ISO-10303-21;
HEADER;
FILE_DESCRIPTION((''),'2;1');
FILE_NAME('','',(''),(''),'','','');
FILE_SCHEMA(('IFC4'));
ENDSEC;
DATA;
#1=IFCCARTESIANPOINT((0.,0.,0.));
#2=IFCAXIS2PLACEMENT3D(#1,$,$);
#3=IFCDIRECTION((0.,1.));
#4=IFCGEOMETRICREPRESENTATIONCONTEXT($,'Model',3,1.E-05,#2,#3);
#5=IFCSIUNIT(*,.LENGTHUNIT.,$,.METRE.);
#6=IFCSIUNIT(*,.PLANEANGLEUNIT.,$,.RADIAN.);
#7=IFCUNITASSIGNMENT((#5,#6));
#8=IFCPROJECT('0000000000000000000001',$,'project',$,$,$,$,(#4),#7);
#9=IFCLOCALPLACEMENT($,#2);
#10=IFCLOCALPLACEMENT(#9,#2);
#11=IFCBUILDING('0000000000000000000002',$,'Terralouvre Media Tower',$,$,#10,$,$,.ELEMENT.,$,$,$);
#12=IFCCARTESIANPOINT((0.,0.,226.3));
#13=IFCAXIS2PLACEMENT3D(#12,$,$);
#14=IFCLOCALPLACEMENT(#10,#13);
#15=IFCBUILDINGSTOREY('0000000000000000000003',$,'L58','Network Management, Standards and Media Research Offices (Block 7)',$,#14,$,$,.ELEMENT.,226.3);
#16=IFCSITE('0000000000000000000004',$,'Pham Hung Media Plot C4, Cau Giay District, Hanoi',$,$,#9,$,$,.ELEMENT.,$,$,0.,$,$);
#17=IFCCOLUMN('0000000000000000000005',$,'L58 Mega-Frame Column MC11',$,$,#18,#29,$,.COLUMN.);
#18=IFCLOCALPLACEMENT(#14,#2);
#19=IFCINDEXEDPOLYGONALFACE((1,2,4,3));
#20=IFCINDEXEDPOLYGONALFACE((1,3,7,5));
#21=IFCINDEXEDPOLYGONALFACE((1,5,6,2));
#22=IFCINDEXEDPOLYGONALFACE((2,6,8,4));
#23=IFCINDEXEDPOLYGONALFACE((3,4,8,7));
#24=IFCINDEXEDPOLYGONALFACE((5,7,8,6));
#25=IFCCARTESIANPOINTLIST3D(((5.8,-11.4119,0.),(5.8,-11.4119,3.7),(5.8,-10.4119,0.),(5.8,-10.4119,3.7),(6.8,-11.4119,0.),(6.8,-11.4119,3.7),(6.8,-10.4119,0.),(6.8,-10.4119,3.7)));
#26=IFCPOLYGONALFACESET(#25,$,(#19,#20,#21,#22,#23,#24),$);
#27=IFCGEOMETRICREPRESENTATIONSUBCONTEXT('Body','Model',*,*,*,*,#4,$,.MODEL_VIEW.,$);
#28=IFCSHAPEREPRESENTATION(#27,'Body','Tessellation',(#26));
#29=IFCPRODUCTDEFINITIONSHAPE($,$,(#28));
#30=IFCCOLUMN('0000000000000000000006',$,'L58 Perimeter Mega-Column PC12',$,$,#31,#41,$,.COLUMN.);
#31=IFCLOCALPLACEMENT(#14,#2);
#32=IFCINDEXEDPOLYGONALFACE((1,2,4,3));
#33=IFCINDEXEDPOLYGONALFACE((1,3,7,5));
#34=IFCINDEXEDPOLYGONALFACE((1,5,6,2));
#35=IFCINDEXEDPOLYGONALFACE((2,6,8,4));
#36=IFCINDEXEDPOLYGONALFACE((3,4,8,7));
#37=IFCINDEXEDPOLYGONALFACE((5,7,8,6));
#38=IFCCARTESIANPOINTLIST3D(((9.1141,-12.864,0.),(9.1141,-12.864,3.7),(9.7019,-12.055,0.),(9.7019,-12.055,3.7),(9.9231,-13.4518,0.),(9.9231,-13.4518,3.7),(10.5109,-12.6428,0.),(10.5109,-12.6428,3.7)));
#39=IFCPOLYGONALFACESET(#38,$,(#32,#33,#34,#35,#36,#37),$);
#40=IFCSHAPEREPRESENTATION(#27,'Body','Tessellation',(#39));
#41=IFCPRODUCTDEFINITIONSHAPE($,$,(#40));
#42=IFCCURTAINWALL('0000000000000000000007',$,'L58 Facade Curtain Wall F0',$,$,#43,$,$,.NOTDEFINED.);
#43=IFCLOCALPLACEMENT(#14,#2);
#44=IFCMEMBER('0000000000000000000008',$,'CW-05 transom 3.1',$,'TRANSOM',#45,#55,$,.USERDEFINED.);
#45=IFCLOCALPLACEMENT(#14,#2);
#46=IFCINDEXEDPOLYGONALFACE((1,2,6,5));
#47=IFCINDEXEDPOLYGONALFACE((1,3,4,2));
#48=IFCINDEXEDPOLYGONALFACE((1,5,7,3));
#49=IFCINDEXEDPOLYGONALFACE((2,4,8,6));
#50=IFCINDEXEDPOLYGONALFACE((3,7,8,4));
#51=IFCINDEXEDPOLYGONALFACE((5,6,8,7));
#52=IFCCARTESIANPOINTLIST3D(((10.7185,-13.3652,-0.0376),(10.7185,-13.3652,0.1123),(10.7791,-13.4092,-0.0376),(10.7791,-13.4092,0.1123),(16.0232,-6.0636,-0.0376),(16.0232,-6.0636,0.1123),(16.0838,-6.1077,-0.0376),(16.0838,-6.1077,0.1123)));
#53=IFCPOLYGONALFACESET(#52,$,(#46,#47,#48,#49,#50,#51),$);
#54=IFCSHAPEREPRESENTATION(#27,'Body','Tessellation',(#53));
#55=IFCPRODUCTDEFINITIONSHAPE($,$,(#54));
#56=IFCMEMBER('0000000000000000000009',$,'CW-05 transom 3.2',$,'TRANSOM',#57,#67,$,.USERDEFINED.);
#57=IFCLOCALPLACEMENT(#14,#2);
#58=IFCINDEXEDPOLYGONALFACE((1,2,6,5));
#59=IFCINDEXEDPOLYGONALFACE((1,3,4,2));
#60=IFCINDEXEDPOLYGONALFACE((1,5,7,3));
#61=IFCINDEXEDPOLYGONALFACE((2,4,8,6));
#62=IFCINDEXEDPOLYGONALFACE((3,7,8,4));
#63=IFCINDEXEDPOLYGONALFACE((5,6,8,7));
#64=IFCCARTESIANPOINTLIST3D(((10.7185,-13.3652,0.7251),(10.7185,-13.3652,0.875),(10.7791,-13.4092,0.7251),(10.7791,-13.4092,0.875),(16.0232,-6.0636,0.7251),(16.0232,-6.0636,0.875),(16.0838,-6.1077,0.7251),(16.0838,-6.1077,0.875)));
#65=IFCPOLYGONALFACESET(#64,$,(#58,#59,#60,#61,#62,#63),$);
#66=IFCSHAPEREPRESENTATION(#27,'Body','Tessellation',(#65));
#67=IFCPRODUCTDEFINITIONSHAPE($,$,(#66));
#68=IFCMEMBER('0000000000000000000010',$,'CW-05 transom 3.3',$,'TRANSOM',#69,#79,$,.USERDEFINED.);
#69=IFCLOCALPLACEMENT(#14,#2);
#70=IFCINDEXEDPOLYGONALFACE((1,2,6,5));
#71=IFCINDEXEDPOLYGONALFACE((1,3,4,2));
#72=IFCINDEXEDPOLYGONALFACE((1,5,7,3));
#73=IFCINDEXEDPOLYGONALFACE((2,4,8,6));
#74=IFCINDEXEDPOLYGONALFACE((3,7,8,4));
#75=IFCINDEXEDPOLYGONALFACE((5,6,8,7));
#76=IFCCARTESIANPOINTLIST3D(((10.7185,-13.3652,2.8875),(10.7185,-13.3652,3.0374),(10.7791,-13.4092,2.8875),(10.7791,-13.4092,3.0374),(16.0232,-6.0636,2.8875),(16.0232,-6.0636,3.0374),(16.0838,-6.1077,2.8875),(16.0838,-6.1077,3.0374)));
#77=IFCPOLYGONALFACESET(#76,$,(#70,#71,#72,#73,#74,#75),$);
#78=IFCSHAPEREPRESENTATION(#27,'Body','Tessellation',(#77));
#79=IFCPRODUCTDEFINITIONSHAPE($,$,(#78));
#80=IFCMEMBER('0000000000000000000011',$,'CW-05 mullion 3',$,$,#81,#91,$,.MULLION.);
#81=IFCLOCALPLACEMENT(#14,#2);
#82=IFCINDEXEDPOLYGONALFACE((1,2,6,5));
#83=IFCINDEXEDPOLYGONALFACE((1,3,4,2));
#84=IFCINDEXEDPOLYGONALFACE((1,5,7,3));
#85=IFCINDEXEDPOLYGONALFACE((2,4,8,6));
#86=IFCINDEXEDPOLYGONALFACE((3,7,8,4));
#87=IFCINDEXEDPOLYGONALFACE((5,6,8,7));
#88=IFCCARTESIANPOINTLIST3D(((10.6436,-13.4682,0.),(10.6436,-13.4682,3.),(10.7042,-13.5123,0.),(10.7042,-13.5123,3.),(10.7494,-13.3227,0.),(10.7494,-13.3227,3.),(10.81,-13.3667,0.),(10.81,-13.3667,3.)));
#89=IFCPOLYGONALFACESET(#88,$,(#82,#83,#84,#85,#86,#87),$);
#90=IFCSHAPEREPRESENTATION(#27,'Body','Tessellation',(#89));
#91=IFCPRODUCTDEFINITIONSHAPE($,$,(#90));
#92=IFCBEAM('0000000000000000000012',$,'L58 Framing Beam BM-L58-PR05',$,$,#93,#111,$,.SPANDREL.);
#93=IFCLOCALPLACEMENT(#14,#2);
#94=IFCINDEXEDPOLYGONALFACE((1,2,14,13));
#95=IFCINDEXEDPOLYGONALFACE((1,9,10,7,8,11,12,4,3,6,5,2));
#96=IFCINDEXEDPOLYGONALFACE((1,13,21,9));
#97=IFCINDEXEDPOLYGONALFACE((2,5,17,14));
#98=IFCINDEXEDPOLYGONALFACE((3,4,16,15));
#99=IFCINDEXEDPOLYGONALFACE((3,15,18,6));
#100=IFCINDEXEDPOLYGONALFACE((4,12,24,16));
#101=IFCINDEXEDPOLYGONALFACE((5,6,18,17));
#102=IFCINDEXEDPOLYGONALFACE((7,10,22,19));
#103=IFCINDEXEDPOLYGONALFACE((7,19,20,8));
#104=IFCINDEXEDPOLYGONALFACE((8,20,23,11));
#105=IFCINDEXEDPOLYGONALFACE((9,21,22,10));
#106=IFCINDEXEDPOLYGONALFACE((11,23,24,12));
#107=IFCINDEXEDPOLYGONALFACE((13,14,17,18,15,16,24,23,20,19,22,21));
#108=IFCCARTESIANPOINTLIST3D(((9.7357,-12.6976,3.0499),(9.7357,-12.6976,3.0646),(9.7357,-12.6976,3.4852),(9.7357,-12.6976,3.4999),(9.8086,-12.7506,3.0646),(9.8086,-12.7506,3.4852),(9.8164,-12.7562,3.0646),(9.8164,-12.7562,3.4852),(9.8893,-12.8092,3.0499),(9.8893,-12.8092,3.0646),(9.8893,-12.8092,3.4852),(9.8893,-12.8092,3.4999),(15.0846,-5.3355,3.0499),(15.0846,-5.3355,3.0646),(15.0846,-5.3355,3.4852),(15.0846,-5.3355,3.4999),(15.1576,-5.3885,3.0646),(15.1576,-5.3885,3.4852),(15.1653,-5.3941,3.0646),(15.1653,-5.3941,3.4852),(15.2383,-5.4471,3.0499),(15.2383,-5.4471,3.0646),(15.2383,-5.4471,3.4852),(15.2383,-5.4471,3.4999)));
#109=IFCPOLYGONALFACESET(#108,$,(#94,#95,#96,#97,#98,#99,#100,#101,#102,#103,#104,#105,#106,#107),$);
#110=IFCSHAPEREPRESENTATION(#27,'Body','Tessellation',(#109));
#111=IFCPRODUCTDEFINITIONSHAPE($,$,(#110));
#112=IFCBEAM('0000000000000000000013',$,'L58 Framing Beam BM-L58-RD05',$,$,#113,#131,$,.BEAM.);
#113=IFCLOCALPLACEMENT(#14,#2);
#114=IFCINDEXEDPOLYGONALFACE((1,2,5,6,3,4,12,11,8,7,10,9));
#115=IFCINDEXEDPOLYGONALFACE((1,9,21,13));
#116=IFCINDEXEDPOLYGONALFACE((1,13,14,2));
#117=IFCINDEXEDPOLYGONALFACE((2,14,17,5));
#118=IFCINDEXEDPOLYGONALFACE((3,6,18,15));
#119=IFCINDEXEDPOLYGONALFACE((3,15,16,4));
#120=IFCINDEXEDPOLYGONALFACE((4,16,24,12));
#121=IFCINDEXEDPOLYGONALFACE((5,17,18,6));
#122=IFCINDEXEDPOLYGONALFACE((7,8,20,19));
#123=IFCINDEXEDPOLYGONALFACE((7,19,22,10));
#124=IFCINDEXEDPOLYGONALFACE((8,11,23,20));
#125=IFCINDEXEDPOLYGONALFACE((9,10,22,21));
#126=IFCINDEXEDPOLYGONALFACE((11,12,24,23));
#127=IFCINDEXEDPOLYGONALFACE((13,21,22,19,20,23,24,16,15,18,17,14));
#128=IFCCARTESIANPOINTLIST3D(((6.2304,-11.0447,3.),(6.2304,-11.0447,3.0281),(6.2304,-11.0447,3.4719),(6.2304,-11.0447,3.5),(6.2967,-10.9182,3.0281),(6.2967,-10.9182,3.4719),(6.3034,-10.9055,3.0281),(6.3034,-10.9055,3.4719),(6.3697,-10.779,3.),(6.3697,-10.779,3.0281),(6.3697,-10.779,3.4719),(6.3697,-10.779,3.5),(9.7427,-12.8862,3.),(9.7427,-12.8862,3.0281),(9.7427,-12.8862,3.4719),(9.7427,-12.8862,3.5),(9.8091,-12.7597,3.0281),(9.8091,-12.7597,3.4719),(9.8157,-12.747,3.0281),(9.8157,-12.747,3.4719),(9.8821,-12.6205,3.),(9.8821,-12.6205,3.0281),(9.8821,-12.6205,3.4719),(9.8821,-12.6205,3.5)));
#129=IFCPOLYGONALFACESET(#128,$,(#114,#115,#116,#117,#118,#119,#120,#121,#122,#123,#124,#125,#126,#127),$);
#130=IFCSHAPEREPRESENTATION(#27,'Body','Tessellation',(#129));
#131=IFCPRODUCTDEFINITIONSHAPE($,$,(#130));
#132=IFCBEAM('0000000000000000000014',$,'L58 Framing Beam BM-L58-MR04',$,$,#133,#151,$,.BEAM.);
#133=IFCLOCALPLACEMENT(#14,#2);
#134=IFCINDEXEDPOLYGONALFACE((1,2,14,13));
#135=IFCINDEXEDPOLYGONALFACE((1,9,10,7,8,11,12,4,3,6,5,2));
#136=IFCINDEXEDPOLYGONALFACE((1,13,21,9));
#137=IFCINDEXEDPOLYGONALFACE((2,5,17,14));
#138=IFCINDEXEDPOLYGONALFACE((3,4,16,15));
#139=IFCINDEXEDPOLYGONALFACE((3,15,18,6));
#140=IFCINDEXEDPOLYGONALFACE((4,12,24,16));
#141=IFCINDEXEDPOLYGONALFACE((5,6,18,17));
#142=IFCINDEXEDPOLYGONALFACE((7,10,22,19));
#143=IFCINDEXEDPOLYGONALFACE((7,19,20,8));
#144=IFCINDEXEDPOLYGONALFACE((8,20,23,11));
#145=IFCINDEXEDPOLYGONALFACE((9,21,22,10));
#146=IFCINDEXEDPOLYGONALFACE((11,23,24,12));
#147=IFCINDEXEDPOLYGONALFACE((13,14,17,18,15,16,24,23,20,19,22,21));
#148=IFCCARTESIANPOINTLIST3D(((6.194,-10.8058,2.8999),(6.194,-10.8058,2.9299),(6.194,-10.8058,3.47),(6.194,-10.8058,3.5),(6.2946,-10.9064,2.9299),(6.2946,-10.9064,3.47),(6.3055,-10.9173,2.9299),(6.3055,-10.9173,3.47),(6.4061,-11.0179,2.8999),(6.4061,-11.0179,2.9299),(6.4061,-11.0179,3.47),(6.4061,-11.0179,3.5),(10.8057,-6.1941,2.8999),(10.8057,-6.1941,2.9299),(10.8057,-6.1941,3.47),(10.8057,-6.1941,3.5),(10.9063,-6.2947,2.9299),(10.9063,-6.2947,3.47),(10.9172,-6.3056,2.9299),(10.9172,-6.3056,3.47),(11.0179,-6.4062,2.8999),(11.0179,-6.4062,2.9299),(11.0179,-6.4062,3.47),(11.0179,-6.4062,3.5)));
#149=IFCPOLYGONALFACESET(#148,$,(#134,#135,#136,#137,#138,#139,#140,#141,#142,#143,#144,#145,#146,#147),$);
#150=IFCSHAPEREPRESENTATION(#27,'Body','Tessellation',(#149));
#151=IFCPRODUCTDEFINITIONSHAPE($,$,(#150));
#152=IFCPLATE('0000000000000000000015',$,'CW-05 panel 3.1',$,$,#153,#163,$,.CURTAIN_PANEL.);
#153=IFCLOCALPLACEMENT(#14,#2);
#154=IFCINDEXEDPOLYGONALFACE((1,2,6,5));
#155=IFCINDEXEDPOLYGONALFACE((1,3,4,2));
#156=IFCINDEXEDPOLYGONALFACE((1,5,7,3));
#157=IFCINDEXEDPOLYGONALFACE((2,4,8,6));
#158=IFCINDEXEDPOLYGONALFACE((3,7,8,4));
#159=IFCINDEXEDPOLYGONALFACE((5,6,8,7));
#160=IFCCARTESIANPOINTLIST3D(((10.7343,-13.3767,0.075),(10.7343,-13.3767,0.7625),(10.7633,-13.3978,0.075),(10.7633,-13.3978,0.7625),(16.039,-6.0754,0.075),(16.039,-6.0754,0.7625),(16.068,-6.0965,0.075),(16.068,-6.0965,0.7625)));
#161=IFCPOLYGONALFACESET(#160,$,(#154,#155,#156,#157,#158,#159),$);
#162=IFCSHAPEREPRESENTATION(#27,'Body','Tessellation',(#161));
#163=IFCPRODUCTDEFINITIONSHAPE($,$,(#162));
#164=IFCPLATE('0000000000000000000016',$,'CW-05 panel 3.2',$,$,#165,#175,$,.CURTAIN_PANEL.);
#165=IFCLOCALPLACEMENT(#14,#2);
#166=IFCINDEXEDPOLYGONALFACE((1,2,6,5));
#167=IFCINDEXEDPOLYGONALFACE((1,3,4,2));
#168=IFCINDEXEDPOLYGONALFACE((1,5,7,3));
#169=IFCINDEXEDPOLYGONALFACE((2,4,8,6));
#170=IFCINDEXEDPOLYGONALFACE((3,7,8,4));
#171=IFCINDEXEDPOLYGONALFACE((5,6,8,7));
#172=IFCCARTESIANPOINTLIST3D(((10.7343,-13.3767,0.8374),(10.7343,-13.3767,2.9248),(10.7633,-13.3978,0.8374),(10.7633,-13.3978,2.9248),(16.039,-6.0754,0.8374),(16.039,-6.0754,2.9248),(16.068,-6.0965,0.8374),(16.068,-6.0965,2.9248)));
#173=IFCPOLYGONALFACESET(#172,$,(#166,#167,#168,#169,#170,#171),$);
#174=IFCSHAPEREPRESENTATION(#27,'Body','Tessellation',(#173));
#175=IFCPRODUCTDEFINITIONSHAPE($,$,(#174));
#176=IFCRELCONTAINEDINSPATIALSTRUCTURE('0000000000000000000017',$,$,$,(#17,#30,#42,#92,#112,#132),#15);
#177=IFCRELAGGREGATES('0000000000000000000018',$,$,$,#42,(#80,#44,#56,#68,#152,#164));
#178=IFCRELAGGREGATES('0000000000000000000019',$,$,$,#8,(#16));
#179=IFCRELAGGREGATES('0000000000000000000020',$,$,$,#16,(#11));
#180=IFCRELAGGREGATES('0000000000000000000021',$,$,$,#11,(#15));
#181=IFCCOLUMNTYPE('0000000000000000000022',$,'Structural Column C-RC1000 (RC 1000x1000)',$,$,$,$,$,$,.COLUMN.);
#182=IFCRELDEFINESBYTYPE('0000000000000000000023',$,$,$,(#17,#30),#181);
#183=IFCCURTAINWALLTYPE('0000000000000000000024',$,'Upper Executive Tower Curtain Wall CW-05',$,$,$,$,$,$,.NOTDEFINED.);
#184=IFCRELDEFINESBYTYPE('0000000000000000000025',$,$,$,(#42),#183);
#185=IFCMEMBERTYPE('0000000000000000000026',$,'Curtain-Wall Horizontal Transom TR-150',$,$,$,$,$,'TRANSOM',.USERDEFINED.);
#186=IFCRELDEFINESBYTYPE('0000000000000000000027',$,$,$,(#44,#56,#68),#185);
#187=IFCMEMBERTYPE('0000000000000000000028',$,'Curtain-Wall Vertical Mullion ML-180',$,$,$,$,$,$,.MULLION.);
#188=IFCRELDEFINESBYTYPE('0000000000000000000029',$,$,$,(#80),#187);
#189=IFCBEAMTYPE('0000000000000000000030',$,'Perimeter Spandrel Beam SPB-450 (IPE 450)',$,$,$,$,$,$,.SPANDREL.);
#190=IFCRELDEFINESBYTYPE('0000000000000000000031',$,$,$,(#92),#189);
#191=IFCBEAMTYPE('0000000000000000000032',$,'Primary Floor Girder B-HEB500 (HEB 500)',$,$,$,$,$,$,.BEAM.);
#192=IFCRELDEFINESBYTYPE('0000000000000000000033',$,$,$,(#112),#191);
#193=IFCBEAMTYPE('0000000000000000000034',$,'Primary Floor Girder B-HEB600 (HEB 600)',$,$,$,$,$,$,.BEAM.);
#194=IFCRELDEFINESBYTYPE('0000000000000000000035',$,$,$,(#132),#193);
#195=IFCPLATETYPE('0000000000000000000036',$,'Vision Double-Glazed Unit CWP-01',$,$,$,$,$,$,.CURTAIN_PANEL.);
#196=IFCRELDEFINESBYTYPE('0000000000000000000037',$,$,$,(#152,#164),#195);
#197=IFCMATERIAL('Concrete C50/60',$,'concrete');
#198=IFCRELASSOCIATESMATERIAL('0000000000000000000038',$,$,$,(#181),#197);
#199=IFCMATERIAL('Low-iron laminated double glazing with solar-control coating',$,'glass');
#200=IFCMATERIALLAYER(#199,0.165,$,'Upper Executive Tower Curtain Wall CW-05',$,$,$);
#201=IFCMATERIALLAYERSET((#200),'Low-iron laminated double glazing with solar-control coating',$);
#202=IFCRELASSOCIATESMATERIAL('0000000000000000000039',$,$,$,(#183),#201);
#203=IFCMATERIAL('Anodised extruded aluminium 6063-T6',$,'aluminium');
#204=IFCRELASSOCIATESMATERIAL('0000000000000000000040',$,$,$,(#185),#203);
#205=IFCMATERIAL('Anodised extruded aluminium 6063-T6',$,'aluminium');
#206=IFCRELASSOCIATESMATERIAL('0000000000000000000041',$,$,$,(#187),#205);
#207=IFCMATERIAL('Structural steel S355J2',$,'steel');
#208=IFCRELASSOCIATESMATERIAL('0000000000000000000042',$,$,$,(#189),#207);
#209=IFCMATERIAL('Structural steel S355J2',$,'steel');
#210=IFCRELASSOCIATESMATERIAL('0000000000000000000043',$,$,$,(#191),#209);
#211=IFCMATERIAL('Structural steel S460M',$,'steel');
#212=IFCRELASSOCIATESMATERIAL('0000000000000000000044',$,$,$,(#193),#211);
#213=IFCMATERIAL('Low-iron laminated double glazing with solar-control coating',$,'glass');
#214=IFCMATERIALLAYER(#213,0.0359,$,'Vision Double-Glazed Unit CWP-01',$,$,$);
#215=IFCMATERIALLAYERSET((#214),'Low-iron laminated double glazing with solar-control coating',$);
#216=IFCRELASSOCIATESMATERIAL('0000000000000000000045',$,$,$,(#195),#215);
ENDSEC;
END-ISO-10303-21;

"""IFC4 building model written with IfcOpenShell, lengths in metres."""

from ifc_helpers import new_model, si_unit, direction, frame, origin, origin_2d, place, context, subcontext, project, spatial, rectangle, i_section, extrude, material, layer, layer_set, material_profile, profile_set, type_object, element, aggregate, save


model = new_model("IFC4")

# Units and contexts
model_context = context("Model", 3, precision=1e-05, world=origin(), true_north=direction((0.0, 1.0)))
body_context = subcontext(model_context, "Body", "Model", "MODEL_VIEW")
ifc_project = project(units=[si_unit("LENGTHUNIT", "METRE"), si_unit("PLANEANGLEUNIT", "RADIAN")], contexts=[model_context])

# Site, building, storey
site_placement = place(None, origin())
site = spatial("IfcSite", under=ifc_project, at=site_placement, Name="Pham Hung Media Plot C4, Cau Giay District, Hanoi", CompositionType="ELEMENT", RefElevation=0.0)
building_placement = place(site_placement, origin())
building = spatial("IfcBuilding", under=site, at=building_placement, Name="Terralouvre Media Tower", CompositionType="ELEMENT")
storey_placement = place(building_placement, frame((0.0, 0.0, 226.3)))
storey = spatial("IfcBuildingStorey", under=building, at=storey_placement, Name="L58", Description="Network Management, Standards and Media Research Offices (Block 7)", CompositionType="ELEMENT", Elevation=226.3)

# Columns
ifc_material_1 = material(Name="Concrete C50/60", Category="concrete")
ifc_material_profile_1 = material_profile(ifc_material_1, rectangle(XDim=1.0, YDim=1.0, at=origin_2d()), Name="RC 1000x1000")
ifc_profile_set_1 = profile_set([ifc_material_profile_1], Name="Concrete C50/60")
column_type = type_object("IfcColumnType", Name="Structural Column C-RC1000 (RC 1000x1000)", PredefinedType="COLUMN", material=ifc_profile_set_1)
for number, where, z_axis, x_axis, name in (
    (1, (6.3, -10.9119, 0.0), (0.0, 0.0, 1.0), (1.0, 0.0, 0.0), "L58 Mega-Frame Column MC11"),
    (2, (9.8125, -12.7534, 0.0), (0.0, 0.0, 1.0), (0.587785, 0.809017, 0.0), "L58 Perimeter Mega-Column PC12"),
):
    element("IfcColumn", number, at=place(storey_placement, frame(where, z_axis=z_axis, x_axis=x_axis)), inside=storey, type_object=column_type, Name=name, PredefinedType="COLUMN", context=body_context, shape_type="SweptSolid", body=[
        extrude(rectangle(XDim=1.0, YDim=1.0, at=origin_2d()), origin(), (0.0, 0.0, 1.0), 3.7),
    ])

# Curtain wall, members
ifc_material_2 = material(Name="Low-iron laminated double glazing with solar-control coating", Category="glass")
ifc_layer_1 = layer(ifc_material_2, 0.165, Name="Upper Executive Tower Curtain Wall CW-05")
ifc_layer_set_1 = layer_set([ifc_layer_1], Name="Low-iron laminated double glazing with solar-control coating")
curtain_wall_type = type_object("IfcCurtainWallType", Name="Upper Executive Tower Curtain Wall CW-05", PredefinedType="NOTDEFINED", material=ifc_layer_set_1)
curtain_wall_placement = place(storey_placement, origin())
curtain_wall = element("IfcCurtainWall", 3, at=curtain_wall_placement, inside=storey, type_object=curtain_wall_type, Name="L58 Facade Curtain Wall F0", PredefinedType="NOTDEFINED")
ifc_material_3 = material(Name="Anodised extruded aluminium 6063-T6", Category="aluminium")
ifc_material_profile_2 = material_profile(ifc_material_3, rectangle(XDim=0.075, YDim=0.1499, at=origin_2d()), Name="ALU 75x150")
ifc_profile_set_2 = profile_set([ifc_material_profile_2], Name="Anodised extruded aluminium 6063-T6")
member_type_1 = type_object("IfcMemberType", Name="Curtain-Wall Horizontal Transom TR-150", ElementType="TRANSOM", PredefinedType="USERDEFINED", material=ifc_profile_set_2)
member_1_placement = place(storey_placement, frame((10.7488, -13.3872, 0.0374), z_axis=(0.587773, 0.809026, 0.0), x_axis=(-0.809026, 0.587773, 0.0)))
member_1 = element("IfcMember", 4, at=member_1_placement, type_object=member_type_1, Name="CW-05 transom 3.1", ObjectType="TRANSOM", PredefinedType="USERDEFINED", context=body_context, shape_type="SweptSolid", body=[
    extrude(rectangle(XDim=0.075, YDim=0.1499, at=origin_2d()), origin(), (0.0, 0.0, 1.0), 9.0251),
])
member_2_placement = place(storey_placement, frame((10.7488, -13.3872, 0.8), z_axis=(0.587773, 0.809026, 0.0), x_axis=(-0.809026, 0.587773, 0.0)))
member_2 = element("IfcMember", 5, at=member_2_placement, type_object=member_type_1, Name="CW-05 transom 3.2", ObjectType="TRANSOM", PredefinedType="USERDEFINED", context=body_context, shape_type="SweptSolid", body=[
    extrude(rectangle(XDim=0.075, YDim=0.1499, at=origin_2d()), origin(), (0.0, 0.0, 1.0), 9.0251),
])
member_3_placement = place(storey_placement, frame((10.7488, -13.3872, 2.9624), z_axis=(0.587773, 0.809026, 0.0), x_axis=(-0.809026, 0.587773, 0.0)))
member_3 = element("IfcMember", 6, at=member_3_placement, type_object=member_type_1, Name="CW-05 transom 3.3", ObjectType="TRANSOM", PredefinedType="USERDEFINED", context=body_context, shape_type="SweptSolid", body=[
    extrude(rectangle(XDim=0.075, YDim=0.1499, at=origin_2d()), origin(), (0.0, 0.0, 1.0), 9.0251),
])
ifc_material_4 = material(Name="Anodised extruded aluminium 6063-T6", Category="aluminium")
ifc_material_profile_3 = material_profile(ifc_material_4, rectangle(XDim=0.075, YDim=0.1799, at=origin_2d()), Name="ALU 75x180")
ifc_profile_set_3 = profile_set([ifc_material_profile_3], Name="Anodised extruded aluminium 6063-T6")
member_type_2 = type_object("IfcMemberType", Name="Curtain-Wall Vertical Mullion ML-180", PredefinedType="MULLION", material=ifc_profile_set_3)
member_4_placement = place(storey_placement, frame((10.7268, -13.4175, 0.0), z_axis=(0.0, 0.0, 1.0), x_axis=(-0.809017, 0.587785, 0.0)))
member_4 = element("IfcMember", 7, at=member_4_placement, type_object=member_type_2, Name="CW-05 mullion 3", PredefinedType="MULLION", context=body_context, shape_type="SweptSolid", body=[
    extrude(rectangle(XDim=0.075, YDim=0.1799, at=origin_2d()), origin(), (0.0, 0.0, 1.0), 3.0),
])

# Beams
ifc_material_5 = material(Name="Structural steel S355J2", Category="steel")
ifc_material_profile_4 = material_profile(ifc_material_5, i_section(OverallWidth=0.1899, OverallDepth=0.45, WebThickness=0.0095, FlangeThickness=0.0146, at=origin_2d()), Name="IPE 450")
ifc_profile_set_4 = profile_set([ifc_material_profile_4], Name="Structural steel S355J2")
beam_type_1 = type_object("IfcBeamType", Name="Perimeter Spandrel Beam SPB-450 (IPE 450)", PredefinedType="SPANDREL", material=ifc_profile_set_4)
beam_1_placement = place(storey_placement, frame((9.8125, -12.7534, 3.2749), z_axis=(0.587787, 0.809016, 0.0), x_axis=(-0.809016, 0.587787, 0.0)))
element("IfcBeam", 8, at=beam_1_placement, inside=storey, type_object=beam_type_1, Name="L58 Framing Beam BM-L58-PR05", PredefinedType="SPANDREL", context=body_context, shape_type="SweptSolid", body=[
    extrude(i_section(OverallWidth=0.1899, OverallDepth=0.45, WebThickness=0.0095, FlangeThickness=0.0146, at=origin_2d()), origin(), (0.0, 0.0, 1.0), 9.1001),
])
ifc_material_6 = material(Name="Structural steel S355J2", Category="steel")
ifc_material_profile_5 = material_profile(ifc_material_6, i_section(OverallWidth=0.3, OverallDepth=0.5, WebThickness=0.0144, FlangeThickness=0.0281, at=origin_2d()), Name="HEB 500")
ifc_profile_set_5 = profile_set([ifc_material_profile_5], Name="Structural steel S355J2")
beam_type_2 = type_object("IfcBeamType", Name="Primary Floor Girder B-HEB500 (HEB 500)", PredefinedType="BEAM", material=ifc_profile_set_5)
beam_2_placement = place(storey_placement, frame((6.3, -10.9119, 3.25), z_axis=(0.885656, -0.464343, 0.0), x_axis=(0.464343, 0.885656, 0.0)))
element("IfcBeam", 9, at=beam_2_placement, inside=storey, type_object=beam_type_2, Name="L58 Framing Beam BM-L58-RD05", PredefinedType="BEAM", context=body_context, shape_type="SweptSolid", body=[
    extrude(i_section(OverallWidth=0.3, OverallDepth=0.5, WebThickness=0.0144, FlangeThickness=0.0281, at=origin_2d()), origin(), (0.0, 0.0, 1.0), 3.9658),
])
ifc_material_7 = material(Name="Structural steel S460M", Category="steel")
ifc_material_profile_6 = material_profile(ifc_material_7, i_section(OverallWidth=0.3, OverallDepth=0.6001, WebThickness=0.0154, FlangeThickness=0.03, at=origin_2d()), Name="HEB 600")
ifc_profile_set_6 = profile_set([ifc_material_profile_6], Name="Structural steel S460M")
beam_type_3 = type_object("IfcBeamType", Name="Primary Floor Girder B-HEB600 (HEB 600)", PredefinedType="BEAM", material=ifc_profile_set_6)
beam_3_placement = place(storey_placement, frame((6.3, -10.9119, 3.2), z_axis=(0.707107, 0.707107, 0.0), x_axis=(-0.707107, 0.707107, 0.0)))
element("IfcBeam", 10, at=beam_3_placement, inside=storey, type_object=beam_type_3, Name="L58 Framing Beam BM-L58-MR04", PredefinedType="BEAM", context=body_context, shape_type="SweptSolid", body=[
    extrude(i_section(OverallWidth=0.3, OverallDepth=0.6001, WebThickness=0.0154, FlangeThickness=0.03, at=origin_2d()), origin(), (0.0, 0.0, 1.0), 6.522),
])

# Plates
ifc_material_8 = material(Name="Low-iron laminated double glazing with solar-control coating", Category="glass")
ifc_layer_2 = layer(ifc_material_8, 0.0359, Name="Vision Double-Glazed Unit CWP-01")
ifc_layer_set_2 = layer_set([ifc_layer_2], Name="Low-iron laminated double glazing with solar-control coating")
plate_type = type_object("IfcPlateType", Name="Vision Double-Glazed Unit CWP-01", PredefinedType="CURTAIN_PANEL", material=ifc_layer_set_2)
plate_1_placement = place(storey_placement, frame((13.4011, -9.7366, 0.075), z_axis=(0.0, 0.0, 1.0), x_axis=(0.587785, 0.809017, 0.0)))
plate_1 = element("IfcPlate", 11, at=plate_1_placement, type_object=plate_type, Name="CW-05 panel 3.1", PredefinedType="CURTAIN_PANEL", context=body_context, shape_type="SweptSolid", body=[
    extrude(rectangle(XDim=9.0249, YDim=0.0359, at=origin_2d()), origin(), (0.0, 0.0, 1.0), 0.6875),
])
plate_2_placement = place(storey_placement, frame((13.4011, -9.7366, 0.8374), z_axis=(0.0, 0.0, 1.0), x_axis=(0.587785, 0.809017, 0.0)))
plate_2 = element("IfcPlate", 12, at=plate_2_placement, type_object=plate_type, Name="CW-05 panel 3.2", PredefinedType="CURTAIN_PANEL", context=body_context, shape_type="SweptSolid", body=[
    extrude(rectangle(XDim=9.0249, YDim=0.0359, at=origin_2d()), origin(), (0.0, 0.0, 1.0), 2.0874),
])
aggregate(curtain_wall, [member_4, member_1, member_2, member_3, plate_1, plate_2])

save(model, "model.ifc")
